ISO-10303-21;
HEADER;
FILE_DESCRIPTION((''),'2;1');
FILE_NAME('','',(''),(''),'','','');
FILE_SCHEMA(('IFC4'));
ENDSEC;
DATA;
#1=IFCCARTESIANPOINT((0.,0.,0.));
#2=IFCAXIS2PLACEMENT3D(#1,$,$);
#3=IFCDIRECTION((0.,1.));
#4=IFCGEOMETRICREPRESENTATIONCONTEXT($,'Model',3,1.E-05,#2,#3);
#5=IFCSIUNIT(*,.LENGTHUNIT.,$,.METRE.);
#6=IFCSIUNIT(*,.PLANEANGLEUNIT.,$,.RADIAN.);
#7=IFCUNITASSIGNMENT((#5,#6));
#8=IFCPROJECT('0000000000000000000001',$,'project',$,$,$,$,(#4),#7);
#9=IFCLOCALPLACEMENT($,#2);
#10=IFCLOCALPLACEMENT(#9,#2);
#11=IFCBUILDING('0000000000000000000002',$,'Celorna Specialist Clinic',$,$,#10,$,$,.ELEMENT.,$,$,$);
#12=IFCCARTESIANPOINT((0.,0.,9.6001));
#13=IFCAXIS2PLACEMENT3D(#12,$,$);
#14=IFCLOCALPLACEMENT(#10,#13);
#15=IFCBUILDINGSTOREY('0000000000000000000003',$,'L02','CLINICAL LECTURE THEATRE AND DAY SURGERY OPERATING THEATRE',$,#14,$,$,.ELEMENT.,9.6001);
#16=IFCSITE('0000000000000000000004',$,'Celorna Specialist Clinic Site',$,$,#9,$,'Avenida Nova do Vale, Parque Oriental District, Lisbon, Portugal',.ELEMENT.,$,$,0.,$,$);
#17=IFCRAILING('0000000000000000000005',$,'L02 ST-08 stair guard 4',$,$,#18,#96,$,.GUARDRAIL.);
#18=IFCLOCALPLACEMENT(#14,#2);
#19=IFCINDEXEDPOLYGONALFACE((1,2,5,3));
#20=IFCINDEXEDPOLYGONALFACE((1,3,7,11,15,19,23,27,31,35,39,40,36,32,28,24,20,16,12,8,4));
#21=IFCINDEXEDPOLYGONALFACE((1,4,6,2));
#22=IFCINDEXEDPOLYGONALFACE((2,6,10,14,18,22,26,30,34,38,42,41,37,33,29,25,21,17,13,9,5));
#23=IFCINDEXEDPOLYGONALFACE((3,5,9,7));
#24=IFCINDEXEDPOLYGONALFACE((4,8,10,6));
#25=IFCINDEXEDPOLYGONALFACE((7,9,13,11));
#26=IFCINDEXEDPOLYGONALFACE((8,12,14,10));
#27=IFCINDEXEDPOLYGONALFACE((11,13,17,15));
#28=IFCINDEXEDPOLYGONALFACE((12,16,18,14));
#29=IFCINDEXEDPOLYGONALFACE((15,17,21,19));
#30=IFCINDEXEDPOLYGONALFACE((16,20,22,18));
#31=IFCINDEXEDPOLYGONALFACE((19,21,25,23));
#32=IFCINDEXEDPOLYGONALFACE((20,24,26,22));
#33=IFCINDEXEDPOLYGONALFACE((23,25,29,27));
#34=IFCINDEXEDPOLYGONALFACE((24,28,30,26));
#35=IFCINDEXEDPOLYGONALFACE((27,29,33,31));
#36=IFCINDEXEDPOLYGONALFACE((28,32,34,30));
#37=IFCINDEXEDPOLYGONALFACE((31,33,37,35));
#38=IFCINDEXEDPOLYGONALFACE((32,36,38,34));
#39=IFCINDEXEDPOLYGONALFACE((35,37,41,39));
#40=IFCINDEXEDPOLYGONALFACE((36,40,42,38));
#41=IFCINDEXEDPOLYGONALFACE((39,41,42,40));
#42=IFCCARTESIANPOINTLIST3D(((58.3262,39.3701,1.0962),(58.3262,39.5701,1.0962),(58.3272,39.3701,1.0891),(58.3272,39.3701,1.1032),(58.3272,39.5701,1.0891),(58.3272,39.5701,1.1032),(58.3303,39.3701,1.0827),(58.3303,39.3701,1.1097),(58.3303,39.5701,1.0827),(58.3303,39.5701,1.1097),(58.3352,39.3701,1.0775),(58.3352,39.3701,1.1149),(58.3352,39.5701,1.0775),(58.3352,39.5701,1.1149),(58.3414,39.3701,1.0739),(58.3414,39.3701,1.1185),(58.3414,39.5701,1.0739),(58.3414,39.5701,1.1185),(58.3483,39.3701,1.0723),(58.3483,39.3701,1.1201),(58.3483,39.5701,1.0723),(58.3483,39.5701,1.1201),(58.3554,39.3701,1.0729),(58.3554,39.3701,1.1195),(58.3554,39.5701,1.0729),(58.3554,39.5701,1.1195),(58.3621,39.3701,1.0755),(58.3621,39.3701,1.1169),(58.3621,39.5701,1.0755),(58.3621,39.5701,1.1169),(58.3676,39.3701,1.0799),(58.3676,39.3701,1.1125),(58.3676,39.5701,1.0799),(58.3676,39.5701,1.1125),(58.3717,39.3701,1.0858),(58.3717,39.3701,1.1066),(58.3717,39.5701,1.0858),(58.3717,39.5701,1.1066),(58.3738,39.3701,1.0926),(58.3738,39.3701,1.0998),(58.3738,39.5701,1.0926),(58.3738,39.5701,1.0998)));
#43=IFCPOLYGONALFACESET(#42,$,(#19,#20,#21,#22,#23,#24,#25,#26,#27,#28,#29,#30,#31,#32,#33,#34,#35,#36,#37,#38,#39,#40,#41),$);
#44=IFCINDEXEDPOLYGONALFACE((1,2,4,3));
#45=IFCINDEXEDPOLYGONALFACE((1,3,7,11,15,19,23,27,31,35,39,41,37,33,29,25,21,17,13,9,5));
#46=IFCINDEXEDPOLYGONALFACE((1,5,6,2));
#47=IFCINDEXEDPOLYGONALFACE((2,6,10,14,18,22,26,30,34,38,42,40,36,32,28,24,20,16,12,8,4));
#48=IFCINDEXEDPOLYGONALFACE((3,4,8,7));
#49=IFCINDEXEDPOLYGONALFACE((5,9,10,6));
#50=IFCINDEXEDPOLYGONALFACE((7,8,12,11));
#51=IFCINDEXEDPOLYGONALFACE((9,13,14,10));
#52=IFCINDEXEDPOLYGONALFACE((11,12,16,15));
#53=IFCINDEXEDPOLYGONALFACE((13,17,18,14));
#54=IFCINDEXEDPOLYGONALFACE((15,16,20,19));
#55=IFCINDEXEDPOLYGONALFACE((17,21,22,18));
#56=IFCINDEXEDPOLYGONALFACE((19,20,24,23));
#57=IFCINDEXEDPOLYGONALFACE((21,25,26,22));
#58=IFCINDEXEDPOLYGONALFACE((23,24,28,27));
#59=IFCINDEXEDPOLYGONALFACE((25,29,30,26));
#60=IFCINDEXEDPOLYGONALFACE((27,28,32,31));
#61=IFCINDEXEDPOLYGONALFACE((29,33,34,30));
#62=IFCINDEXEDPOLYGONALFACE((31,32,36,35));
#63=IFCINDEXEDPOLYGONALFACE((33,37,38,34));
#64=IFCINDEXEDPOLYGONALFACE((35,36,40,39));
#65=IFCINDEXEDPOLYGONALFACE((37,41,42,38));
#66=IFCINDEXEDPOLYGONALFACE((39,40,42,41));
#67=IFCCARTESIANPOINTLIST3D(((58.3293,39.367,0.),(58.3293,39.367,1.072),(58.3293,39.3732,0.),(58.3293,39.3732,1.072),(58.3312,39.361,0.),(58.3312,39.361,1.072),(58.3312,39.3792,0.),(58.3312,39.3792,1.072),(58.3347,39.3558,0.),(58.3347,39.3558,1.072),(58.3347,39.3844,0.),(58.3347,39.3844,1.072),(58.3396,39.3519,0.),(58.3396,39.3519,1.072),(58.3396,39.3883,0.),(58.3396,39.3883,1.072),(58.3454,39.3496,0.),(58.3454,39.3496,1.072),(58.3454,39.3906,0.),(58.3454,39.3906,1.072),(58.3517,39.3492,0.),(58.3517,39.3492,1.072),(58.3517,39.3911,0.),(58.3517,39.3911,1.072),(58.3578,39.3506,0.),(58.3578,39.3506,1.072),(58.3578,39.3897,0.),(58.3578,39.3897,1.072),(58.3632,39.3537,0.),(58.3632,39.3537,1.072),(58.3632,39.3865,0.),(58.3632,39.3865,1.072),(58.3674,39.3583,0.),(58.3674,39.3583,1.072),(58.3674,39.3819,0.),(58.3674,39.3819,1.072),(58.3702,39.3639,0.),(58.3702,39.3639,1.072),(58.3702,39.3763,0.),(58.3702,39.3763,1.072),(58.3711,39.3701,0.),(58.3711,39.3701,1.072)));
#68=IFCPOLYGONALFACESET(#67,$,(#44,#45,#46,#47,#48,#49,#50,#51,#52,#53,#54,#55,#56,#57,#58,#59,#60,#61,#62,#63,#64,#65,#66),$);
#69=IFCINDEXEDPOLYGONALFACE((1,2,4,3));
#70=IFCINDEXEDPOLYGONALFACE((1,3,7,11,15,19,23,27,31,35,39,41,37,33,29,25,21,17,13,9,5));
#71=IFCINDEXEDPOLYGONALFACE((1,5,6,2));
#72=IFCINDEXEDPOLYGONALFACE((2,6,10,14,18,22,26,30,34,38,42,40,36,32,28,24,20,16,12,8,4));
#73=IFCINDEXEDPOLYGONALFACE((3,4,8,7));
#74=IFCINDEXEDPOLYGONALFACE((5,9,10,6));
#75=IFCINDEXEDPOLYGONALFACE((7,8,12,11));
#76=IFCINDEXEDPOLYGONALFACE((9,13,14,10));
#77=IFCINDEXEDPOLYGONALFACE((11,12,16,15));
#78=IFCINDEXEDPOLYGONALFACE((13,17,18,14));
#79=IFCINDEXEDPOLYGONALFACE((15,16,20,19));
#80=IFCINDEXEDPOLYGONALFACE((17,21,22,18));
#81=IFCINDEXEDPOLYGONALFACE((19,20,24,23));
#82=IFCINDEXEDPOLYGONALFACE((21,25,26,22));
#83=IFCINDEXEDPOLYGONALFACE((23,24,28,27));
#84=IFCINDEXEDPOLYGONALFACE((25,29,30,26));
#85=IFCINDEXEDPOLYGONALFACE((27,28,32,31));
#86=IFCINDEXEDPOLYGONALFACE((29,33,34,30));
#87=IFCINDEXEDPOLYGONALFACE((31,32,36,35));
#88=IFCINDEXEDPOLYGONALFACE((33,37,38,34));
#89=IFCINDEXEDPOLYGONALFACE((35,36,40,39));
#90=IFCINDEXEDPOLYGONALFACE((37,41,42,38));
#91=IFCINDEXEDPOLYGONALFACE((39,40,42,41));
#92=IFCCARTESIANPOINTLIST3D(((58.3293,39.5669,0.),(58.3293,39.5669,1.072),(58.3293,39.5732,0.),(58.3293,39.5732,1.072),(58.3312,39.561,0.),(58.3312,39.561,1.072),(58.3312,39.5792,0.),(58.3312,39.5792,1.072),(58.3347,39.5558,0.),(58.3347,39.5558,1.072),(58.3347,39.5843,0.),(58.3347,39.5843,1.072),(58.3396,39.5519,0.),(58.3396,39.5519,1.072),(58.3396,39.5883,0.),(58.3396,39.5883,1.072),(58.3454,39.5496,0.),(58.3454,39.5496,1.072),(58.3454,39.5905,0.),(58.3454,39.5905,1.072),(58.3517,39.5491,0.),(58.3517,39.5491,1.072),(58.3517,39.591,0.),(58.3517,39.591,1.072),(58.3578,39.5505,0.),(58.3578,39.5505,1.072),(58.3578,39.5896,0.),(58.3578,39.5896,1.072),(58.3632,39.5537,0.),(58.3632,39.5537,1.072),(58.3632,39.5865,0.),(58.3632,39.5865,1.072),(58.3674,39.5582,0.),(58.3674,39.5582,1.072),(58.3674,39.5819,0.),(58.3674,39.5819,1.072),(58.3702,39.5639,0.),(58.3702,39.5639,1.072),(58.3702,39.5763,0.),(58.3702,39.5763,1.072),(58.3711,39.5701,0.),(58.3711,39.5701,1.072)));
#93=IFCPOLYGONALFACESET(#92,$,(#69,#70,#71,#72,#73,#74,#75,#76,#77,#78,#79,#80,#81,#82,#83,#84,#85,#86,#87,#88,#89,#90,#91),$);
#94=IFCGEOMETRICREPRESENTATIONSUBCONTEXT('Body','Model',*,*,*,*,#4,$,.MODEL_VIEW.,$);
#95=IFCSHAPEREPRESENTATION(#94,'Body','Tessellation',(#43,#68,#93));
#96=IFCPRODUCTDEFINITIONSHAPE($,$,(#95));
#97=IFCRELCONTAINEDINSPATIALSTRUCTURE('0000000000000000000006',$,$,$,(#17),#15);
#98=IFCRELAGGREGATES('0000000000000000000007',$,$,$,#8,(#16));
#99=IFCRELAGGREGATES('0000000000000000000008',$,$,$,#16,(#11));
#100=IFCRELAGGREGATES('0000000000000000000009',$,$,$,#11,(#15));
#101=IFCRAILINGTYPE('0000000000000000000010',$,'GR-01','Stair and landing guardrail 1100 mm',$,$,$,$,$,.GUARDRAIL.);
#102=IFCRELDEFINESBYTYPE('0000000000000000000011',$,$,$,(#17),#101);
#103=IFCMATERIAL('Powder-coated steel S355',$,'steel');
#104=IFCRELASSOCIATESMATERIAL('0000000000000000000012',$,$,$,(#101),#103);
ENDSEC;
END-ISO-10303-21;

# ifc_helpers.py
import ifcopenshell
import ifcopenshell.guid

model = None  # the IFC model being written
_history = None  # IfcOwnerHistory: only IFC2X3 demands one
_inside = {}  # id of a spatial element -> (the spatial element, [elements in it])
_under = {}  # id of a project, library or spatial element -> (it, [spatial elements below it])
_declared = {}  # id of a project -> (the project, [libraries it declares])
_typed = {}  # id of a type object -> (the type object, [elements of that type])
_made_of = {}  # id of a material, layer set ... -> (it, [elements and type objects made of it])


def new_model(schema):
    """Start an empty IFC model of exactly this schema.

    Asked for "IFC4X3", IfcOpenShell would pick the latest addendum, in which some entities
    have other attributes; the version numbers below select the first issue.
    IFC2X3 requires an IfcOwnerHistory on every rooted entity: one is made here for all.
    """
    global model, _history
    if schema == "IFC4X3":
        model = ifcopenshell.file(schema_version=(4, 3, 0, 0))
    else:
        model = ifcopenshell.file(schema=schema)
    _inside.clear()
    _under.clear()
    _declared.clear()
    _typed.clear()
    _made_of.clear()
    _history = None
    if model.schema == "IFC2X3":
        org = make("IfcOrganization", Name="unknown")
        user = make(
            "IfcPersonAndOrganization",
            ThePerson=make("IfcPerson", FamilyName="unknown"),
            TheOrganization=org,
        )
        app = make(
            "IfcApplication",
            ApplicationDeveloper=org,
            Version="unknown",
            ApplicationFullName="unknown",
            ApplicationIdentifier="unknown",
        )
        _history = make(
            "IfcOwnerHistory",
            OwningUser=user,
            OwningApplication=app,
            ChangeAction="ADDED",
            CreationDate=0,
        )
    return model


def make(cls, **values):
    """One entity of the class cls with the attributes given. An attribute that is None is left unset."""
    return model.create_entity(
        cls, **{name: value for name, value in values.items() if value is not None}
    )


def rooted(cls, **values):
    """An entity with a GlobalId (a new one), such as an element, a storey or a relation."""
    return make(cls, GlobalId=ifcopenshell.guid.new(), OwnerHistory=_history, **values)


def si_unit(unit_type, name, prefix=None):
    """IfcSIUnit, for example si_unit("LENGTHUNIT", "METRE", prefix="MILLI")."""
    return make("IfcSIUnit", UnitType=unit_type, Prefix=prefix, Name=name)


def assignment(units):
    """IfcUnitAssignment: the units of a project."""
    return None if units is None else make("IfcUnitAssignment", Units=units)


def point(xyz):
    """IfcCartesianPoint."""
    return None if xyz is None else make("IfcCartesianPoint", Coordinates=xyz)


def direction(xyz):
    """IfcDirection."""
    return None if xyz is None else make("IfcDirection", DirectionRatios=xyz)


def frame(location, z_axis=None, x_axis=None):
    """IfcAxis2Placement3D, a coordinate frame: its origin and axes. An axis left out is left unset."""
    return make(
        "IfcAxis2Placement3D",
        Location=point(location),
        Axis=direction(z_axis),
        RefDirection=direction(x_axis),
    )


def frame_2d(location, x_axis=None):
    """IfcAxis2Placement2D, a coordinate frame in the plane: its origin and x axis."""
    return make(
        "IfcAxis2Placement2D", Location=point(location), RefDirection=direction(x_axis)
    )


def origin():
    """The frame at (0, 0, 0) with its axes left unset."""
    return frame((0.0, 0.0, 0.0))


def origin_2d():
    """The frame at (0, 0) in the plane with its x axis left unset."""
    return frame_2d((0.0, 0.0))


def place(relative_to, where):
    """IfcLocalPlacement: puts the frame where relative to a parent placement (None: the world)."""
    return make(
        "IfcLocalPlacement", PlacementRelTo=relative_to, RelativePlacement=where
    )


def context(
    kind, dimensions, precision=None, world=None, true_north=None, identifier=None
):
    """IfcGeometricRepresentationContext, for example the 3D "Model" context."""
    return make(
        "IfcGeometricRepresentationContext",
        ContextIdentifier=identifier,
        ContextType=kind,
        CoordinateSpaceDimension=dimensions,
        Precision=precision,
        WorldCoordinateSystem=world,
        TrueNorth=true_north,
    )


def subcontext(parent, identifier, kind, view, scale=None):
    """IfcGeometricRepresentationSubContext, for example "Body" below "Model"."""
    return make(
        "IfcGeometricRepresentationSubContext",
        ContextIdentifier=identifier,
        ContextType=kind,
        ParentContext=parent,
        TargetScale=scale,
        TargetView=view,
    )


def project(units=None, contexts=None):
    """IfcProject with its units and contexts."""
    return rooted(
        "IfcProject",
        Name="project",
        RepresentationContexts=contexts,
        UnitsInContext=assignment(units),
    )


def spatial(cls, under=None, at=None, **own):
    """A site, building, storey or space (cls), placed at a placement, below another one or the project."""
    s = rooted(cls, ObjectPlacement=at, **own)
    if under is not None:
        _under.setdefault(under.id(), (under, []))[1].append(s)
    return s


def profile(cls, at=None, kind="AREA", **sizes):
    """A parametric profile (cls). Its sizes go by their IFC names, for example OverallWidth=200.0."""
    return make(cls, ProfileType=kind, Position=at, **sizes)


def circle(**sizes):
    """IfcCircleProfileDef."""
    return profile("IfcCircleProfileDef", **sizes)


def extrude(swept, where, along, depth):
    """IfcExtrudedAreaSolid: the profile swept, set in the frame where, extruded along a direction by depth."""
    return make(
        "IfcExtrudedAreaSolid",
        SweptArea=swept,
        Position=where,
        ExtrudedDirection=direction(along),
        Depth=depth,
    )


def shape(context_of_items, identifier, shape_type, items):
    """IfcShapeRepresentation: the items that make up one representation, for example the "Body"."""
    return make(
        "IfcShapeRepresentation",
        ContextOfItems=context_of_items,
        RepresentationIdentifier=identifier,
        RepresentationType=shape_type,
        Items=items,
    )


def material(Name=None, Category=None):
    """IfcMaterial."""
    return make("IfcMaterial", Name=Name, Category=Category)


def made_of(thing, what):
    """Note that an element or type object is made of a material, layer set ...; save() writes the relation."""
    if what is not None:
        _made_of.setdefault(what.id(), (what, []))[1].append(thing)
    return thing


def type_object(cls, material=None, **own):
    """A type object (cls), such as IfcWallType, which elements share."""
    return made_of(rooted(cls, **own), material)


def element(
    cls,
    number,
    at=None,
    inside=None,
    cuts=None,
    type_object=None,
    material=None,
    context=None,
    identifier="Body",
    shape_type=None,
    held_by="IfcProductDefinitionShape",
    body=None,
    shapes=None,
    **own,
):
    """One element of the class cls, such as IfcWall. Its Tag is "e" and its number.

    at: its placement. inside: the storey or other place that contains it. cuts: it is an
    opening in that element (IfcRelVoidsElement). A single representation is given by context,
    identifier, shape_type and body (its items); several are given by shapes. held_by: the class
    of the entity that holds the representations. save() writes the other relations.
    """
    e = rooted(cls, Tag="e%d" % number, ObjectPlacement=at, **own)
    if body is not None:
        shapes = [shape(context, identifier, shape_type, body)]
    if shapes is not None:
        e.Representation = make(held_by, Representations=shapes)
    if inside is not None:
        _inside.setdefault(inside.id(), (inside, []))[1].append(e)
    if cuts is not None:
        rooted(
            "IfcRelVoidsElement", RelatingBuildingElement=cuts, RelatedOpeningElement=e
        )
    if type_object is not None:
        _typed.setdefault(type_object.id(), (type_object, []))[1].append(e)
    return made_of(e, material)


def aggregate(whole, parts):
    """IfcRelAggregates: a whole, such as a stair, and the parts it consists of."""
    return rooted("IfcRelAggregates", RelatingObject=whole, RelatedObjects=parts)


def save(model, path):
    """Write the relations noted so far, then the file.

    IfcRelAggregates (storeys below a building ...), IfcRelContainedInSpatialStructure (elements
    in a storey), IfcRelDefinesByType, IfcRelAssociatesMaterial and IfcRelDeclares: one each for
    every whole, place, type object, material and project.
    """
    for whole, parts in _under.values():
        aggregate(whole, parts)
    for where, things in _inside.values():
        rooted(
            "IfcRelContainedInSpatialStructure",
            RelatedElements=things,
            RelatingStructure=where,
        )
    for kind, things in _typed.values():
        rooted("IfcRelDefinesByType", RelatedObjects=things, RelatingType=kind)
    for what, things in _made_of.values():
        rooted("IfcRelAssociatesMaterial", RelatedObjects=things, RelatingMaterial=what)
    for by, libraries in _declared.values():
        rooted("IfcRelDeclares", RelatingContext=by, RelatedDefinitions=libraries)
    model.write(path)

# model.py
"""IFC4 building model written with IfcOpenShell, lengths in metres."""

from ifc_helpers import new_model, si_unit, direction, frame, origin, origin_2d, place, context, subcontext, project, spatial, circle, extrude, material, type_object, element, save


model = new_model("IFC4")

# Units and contexts
model_context = context("Model", 3, precision=1e-05, world=origin(), true_north=direction((0.0, 1.0)))
body_context = subcontext(model_context, "Body", "Model", "MODEL_VIEW")
ifc_project = project(units=[si_unit("LENGTHUNIT", "METRE"), si_unit("PLANEANGLEUNIT", "RADIAN")], contexts=[model_context])

# Site, building, storey
site_placement = place(None, origin())
site = spatial("IfcSite", under=ifc_project, at=site_placement, Name="Celorna Specialist Clinic Site", LongName="Avenida Nova do Vale, Parque Oriental District, Lisbon, Portugal", CompositionType="ELEMENT", RefElevation=0.0)
building_placement = place(site_placement, origin())
building = spatial("IfcBuilding", under=site, at=building_placement, Name="Celorna Specialist Clinic", CompositionType="ELEMENT")
storey_placement = place(building_placement, frame((0.0, 0.0, 9.6001)))
storey = spatial("IfcBuildingStorey", under=building, at=storey_placement, Name="L02", Description="CLINICAL LECTURE THEATRE AND DAY SURGERY OPERATING THEATRE", CompositionType="ELEMENT", Elevation=9.6001)

# Railing
ifc_material_1 = material(Name="Powder-coated steel S355", Category="steel")
railing_type_1 = type_object("IfcRailingType", Name="GR-01", Description="Stair and landing guardrail 1100 mm", PredefinedType="GUARDRAIL", material=ifc_material_1)
railing_1_placement = place(storey_placement, frame((58.3501, 39.3701, 0.0)))
element("IfcRailing", 1, at=railing_1_placement, inside=storey, type_object=railing_type_1, Name="L02 ST-08 stair guard 4", PredefinedType="GUARDRAIL", context=body_context, shape_type="SweptSolid", body=[
    extrude(circle(Radius=0.0239, at=origin_2d()), frame((0.0, 0.0, 1.0962), z_axis=(0.0, 1.0, 0.0), x_axis=(-1.0, 0.0, 0.0)), (0.0, 0.0, 1.0), 0.2),
    extrude(circle(Radius=0.021, at=origin_2d()), origin(), (0.0, 0.0, 1.0), 1.072),
    extrude(circle(Radius=0.021, at=origin_2d()), frame((0.0, 0.2, 0.0)), (0.0, 0.0, 1.0), 1.072),
])

save(model, "model.ifc")
